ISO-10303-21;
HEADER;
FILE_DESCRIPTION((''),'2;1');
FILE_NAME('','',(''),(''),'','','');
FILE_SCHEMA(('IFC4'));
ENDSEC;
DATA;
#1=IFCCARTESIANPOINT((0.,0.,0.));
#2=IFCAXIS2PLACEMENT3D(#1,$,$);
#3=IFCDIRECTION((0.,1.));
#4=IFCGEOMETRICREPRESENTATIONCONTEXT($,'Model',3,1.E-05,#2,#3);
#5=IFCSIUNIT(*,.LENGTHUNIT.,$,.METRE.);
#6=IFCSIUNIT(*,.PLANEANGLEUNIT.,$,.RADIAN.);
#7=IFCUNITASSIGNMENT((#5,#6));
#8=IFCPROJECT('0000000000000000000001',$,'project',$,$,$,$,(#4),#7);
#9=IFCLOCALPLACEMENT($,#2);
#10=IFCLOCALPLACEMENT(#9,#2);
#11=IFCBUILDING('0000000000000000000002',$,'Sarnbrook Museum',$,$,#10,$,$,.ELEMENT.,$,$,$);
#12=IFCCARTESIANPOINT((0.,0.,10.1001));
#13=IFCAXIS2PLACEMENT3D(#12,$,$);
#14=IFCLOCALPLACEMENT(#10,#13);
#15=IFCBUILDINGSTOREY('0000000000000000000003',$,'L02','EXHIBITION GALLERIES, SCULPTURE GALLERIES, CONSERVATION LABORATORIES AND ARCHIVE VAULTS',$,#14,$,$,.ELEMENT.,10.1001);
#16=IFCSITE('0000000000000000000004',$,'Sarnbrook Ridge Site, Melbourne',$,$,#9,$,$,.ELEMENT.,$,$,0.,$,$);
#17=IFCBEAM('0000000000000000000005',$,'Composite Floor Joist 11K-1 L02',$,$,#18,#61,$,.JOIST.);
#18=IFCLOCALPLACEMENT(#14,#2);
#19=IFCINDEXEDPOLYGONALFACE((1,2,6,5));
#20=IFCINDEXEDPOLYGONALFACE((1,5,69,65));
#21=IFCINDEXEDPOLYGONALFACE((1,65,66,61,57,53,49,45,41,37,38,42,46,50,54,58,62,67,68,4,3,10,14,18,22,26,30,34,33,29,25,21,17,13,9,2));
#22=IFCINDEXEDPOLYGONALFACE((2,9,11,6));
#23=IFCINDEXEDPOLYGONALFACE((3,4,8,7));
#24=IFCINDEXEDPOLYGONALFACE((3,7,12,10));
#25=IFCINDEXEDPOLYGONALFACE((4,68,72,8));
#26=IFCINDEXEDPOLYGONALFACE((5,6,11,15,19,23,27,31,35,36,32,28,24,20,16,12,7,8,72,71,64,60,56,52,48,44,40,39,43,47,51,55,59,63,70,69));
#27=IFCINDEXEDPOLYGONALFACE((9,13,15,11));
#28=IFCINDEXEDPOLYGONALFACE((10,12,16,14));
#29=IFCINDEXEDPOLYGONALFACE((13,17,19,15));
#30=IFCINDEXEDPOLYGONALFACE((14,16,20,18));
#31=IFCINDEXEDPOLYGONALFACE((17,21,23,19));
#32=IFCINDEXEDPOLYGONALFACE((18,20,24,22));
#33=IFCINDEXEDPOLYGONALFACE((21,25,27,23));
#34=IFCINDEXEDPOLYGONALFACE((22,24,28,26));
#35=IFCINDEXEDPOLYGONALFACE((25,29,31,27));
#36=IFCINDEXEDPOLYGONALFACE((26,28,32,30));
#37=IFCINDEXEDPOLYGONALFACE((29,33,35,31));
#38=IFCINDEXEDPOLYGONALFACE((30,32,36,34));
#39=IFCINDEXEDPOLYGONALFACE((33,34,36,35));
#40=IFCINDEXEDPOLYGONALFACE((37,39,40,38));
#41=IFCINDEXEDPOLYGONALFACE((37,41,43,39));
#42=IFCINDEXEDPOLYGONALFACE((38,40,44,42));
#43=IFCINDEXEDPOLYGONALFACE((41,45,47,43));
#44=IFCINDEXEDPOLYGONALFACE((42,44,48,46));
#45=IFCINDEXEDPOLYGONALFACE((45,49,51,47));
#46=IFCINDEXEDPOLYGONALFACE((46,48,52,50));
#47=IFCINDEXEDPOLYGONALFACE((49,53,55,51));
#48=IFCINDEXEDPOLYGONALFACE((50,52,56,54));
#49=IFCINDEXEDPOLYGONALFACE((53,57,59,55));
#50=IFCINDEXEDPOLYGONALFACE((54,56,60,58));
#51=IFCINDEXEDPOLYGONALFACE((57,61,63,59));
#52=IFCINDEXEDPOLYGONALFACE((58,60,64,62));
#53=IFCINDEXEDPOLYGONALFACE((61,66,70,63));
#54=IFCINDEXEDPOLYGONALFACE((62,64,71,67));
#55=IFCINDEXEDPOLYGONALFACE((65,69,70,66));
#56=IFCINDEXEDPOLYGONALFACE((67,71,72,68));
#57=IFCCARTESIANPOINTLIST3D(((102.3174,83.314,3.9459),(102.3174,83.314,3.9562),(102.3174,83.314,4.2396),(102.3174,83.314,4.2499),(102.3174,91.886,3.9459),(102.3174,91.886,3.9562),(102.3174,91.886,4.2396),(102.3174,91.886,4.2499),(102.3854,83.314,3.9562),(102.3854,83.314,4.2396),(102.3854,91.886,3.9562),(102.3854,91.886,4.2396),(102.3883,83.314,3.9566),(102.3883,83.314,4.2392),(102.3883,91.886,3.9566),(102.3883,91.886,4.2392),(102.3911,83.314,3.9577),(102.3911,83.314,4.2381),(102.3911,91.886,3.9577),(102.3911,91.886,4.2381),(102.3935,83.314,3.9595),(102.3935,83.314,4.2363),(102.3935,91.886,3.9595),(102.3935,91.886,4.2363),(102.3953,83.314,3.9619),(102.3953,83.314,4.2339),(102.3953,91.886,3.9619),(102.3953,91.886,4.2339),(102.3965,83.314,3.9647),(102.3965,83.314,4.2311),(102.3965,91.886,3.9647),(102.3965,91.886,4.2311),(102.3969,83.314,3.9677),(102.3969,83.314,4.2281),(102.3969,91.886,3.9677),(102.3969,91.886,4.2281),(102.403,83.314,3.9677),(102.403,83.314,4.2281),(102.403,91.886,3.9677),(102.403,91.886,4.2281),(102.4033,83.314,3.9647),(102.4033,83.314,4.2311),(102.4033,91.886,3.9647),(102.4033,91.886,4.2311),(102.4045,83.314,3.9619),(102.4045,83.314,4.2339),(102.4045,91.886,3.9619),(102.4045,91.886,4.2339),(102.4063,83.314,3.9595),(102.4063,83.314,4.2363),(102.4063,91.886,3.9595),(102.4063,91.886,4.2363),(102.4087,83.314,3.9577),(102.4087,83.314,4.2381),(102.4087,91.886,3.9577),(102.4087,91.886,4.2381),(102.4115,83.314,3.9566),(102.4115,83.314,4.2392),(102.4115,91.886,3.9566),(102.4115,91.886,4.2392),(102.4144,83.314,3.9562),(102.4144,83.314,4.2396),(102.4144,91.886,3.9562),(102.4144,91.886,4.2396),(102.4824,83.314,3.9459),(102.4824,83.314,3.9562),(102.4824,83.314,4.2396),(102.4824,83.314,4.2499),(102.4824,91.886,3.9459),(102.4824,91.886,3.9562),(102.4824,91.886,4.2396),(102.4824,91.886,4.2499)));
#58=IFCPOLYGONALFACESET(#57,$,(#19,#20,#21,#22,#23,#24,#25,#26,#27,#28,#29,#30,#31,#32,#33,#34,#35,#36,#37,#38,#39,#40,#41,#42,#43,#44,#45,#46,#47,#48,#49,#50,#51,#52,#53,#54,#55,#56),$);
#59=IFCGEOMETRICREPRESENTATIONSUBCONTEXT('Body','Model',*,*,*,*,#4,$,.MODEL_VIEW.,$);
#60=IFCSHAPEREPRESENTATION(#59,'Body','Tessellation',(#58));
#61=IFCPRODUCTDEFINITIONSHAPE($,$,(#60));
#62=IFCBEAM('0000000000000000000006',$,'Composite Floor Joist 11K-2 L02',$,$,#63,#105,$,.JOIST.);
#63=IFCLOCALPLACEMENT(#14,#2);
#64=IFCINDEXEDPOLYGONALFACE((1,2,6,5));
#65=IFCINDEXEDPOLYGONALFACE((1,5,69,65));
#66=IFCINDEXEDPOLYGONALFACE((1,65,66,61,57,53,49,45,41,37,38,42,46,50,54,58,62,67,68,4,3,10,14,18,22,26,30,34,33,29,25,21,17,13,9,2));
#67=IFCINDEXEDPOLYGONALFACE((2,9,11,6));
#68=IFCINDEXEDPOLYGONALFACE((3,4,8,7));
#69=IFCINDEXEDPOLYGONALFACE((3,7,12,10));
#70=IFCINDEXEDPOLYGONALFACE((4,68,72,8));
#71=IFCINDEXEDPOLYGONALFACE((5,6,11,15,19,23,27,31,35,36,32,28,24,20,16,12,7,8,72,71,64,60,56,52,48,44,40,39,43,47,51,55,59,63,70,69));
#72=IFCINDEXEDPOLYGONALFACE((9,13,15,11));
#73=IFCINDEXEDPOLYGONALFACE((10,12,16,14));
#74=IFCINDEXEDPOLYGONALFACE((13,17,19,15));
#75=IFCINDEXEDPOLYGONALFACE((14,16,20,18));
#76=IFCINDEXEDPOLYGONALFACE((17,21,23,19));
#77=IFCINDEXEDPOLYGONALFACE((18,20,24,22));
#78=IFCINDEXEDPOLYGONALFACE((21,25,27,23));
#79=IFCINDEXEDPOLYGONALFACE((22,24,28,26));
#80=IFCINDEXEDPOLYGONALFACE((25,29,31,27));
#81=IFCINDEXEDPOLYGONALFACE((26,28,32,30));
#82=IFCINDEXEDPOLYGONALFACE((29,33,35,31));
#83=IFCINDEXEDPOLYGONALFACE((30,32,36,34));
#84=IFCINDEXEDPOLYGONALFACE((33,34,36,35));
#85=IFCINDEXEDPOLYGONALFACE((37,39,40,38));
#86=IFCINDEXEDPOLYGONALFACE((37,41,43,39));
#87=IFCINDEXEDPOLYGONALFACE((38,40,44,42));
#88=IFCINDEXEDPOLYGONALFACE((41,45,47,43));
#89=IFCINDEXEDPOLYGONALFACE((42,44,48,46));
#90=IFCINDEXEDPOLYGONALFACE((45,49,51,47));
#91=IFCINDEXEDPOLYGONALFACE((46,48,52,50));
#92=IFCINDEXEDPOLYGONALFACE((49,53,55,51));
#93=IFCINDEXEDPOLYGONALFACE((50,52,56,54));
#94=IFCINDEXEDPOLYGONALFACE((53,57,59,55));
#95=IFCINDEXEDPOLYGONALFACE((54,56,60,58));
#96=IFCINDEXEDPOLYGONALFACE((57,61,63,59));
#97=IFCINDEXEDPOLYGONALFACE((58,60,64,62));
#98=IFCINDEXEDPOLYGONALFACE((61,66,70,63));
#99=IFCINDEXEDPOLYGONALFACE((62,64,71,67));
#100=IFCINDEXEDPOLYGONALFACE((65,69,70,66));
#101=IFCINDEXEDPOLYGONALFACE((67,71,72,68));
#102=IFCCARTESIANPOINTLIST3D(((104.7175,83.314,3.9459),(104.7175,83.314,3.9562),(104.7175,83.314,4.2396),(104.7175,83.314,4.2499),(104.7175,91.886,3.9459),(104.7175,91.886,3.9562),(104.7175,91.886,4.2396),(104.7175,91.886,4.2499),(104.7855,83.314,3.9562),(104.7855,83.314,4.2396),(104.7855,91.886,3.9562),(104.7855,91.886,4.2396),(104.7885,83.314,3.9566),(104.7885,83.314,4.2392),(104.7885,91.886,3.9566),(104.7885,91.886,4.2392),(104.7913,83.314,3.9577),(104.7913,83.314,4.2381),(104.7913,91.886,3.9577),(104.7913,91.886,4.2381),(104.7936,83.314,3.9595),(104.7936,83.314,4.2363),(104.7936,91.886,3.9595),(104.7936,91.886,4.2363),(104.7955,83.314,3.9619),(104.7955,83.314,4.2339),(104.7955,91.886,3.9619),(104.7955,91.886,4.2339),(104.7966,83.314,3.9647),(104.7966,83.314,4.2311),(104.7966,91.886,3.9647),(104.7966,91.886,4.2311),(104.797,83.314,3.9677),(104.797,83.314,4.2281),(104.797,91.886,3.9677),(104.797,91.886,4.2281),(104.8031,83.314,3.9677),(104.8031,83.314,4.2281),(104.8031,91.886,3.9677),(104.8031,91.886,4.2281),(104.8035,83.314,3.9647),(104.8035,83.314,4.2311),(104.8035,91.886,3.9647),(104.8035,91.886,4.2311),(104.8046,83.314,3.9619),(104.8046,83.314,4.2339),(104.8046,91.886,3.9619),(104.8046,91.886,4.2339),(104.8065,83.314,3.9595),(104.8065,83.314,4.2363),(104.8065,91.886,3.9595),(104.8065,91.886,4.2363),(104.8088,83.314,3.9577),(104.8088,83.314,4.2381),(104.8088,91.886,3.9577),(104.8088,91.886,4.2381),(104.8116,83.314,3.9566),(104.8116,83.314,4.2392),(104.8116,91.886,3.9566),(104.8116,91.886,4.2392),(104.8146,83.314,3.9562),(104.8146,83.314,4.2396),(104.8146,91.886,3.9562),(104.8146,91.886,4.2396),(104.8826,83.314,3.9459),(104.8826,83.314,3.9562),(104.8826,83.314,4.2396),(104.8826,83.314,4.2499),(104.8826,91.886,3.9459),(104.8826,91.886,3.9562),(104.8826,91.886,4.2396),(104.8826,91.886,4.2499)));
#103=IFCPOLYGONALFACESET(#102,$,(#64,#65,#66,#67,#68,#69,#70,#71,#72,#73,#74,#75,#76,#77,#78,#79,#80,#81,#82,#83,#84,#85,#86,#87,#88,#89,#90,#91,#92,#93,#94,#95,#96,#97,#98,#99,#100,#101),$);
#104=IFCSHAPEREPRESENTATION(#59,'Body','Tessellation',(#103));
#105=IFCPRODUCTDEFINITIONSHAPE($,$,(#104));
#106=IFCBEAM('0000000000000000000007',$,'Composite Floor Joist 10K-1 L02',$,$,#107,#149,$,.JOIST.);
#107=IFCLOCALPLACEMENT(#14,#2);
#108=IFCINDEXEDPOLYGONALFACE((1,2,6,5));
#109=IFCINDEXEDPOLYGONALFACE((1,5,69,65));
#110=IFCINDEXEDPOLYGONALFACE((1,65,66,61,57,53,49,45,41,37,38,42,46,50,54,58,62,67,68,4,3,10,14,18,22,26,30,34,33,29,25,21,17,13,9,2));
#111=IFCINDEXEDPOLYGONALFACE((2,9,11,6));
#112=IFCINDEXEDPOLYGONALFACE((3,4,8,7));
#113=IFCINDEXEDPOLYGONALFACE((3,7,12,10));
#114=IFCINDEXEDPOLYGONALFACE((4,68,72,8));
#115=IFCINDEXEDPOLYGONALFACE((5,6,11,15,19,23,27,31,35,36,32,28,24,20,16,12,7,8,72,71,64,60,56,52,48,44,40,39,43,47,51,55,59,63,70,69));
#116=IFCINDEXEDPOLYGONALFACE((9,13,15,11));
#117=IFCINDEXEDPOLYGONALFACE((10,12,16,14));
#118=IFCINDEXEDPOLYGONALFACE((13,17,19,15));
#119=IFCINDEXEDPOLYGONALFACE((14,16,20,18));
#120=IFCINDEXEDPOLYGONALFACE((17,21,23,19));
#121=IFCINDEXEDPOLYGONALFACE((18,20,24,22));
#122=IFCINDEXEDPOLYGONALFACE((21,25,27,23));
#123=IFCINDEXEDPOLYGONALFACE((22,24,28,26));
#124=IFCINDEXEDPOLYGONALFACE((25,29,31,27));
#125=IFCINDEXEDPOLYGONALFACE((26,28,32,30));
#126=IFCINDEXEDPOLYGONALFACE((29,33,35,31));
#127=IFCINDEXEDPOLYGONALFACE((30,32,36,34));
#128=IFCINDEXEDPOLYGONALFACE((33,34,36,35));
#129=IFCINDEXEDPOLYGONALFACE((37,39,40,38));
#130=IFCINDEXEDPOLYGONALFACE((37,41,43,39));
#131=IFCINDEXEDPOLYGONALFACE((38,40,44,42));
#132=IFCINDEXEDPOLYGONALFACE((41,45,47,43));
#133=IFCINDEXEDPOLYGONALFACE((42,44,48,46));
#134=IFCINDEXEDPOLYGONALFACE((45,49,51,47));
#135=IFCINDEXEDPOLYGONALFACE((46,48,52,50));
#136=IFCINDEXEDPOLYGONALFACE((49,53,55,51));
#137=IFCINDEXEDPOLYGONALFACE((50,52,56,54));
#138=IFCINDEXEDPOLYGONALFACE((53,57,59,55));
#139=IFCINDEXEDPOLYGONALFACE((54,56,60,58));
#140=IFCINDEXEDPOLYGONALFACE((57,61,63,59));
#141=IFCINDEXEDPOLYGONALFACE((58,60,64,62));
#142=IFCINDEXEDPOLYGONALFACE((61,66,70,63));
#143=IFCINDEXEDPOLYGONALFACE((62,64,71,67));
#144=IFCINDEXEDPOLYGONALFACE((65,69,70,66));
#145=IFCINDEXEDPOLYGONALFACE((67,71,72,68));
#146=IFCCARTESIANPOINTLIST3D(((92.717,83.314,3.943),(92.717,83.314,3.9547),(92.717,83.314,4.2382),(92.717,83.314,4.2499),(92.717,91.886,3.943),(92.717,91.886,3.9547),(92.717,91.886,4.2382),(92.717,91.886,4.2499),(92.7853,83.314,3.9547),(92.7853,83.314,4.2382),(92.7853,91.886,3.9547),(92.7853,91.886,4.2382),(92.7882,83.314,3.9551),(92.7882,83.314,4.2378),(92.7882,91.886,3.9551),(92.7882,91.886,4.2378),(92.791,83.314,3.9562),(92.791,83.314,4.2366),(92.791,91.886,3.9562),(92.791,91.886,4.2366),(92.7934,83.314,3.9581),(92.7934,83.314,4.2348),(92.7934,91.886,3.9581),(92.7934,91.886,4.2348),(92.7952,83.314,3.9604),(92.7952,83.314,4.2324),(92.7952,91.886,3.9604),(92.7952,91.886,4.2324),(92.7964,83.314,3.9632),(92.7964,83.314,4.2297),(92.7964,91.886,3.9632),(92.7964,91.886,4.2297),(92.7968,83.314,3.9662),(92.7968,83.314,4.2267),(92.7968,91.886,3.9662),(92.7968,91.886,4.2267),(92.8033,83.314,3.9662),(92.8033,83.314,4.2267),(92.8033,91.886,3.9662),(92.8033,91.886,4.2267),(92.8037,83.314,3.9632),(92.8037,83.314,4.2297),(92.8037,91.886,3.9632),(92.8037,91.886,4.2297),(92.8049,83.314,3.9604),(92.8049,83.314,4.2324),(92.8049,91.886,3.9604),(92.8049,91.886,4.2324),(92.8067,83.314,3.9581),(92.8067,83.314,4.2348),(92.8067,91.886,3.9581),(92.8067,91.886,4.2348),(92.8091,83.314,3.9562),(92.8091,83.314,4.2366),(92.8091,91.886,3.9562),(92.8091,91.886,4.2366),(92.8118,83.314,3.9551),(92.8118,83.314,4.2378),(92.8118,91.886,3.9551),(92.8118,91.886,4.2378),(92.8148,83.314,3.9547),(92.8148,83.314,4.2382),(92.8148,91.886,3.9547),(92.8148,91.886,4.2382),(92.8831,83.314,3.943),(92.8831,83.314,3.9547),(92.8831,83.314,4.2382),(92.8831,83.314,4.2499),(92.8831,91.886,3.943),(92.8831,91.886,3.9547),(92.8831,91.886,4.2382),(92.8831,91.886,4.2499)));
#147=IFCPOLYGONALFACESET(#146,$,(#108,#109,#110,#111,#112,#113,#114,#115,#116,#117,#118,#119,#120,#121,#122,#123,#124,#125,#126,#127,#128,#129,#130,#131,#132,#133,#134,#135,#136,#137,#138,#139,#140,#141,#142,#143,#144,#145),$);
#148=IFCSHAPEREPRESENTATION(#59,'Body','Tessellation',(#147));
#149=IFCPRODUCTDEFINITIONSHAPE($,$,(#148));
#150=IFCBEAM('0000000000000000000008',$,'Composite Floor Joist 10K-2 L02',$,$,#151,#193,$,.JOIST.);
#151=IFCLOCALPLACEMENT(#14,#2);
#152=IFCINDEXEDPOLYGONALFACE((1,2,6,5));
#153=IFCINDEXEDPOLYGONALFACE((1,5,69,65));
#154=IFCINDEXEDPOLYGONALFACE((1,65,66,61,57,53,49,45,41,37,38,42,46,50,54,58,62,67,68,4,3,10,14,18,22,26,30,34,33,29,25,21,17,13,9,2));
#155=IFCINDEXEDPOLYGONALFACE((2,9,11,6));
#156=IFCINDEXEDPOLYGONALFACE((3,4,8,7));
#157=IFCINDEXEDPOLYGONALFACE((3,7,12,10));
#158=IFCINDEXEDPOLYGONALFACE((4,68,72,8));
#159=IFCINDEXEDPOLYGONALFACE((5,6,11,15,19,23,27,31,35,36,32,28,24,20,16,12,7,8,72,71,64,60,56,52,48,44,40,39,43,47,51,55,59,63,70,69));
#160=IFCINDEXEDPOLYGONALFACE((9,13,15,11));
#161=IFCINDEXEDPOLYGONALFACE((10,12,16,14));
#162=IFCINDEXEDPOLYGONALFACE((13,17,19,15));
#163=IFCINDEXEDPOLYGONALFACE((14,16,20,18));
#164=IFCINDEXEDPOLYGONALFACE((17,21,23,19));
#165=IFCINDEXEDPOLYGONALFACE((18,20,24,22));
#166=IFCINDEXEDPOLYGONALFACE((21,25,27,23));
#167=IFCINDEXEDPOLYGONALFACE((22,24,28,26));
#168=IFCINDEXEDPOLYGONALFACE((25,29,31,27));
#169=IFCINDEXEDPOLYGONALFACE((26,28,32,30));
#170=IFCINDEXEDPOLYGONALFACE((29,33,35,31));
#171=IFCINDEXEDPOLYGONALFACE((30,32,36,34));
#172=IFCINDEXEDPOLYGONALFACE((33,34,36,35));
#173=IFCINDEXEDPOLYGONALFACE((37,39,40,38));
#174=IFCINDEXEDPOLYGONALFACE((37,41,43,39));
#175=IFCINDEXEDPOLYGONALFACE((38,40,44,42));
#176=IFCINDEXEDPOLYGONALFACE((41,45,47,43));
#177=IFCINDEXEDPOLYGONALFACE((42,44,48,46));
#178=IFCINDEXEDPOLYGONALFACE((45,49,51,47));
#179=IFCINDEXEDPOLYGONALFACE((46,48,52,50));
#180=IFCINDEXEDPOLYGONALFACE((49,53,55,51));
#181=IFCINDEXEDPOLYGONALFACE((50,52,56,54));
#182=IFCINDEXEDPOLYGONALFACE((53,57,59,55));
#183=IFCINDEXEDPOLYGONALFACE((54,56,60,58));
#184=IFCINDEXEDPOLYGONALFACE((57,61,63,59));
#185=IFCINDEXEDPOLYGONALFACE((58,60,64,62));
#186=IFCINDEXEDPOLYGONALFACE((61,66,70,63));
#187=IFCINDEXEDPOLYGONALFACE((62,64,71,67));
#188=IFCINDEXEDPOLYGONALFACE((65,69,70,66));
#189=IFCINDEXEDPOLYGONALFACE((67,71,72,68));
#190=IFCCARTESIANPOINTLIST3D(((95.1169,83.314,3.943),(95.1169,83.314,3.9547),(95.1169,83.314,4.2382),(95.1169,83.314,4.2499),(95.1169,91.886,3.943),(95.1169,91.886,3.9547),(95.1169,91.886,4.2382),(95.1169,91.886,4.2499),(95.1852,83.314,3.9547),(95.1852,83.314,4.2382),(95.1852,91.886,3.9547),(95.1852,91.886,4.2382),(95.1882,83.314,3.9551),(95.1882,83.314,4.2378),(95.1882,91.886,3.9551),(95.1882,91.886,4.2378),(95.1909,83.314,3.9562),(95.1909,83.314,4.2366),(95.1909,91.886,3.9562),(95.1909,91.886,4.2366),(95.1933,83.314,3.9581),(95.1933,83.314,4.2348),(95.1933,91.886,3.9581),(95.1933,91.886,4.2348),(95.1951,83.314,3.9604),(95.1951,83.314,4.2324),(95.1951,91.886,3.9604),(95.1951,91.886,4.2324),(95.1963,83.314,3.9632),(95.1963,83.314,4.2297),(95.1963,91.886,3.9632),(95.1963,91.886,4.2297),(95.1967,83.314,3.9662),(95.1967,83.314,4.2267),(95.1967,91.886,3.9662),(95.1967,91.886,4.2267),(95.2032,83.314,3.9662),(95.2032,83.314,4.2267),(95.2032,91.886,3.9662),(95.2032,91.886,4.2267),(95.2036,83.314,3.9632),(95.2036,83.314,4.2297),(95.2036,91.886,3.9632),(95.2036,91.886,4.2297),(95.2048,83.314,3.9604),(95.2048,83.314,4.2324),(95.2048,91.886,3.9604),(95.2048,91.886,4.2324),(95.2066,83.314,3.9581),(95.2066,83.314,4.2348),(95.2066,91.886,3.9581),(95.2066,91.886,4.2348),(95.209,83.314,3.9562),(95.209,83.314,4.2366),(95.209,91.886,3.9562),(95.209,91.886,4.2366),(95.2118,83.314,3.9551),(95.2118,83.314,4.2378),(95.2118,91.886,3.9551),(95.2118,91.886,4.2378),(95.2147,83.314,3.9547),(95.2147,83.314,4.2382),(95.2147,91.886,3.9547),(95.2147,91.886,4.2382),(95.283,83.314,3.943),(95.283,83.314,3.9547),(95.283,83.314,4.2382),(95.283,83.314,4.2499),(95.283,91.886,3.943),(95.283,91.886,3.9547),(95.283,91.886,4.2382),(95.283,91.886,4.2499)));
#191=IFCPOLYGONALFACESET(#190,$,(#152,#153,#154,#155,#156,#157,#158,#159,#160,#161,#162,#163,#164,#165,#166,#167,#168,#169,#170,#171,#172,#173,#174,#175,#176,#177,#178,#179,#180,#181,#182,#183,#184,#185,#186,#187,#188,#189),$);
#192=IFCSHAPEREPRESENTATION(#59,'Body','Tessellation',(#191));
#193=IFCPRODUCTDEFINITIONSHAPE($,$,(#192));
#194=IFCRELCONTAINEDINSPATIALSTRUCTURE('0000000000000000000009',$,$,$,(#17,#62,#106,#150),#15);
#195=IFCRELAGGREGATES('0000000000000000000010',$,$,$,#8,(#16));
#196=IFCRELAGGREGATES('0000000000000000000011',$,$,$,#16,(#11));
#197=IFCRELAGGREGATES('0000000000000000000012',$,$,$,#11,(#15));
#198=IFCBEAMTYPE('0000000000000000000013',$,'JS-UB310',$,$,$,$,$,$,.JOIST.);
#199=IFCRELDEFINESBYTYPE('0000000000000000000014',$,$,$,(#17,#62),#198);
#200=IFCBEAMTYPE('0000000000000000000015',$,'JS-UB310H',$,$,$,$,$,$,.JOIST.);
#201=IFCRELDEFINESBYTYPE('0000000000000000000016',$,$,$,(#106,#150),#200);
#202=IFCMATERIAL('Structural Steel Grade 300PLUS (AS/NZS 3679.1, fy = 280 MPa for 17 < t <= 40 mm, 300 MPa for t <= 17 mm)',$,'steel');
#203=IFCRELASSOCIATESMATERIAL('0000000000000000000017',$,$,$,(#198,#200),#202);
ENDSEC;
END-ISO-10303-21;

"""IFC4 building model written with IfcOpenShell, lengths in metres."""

from ifc_helpers import new_model, si_unit, direction, frame, origin, origin_2d, place, context, subcontext, project, spatial, i_section, extrude, material, material_profile, profile_set, type_object, element, save


model = new_model("IFC4")

# Units and contexts
model_context = context("Model", 3, precision=1e-05, world=origin(), true_north=direction((0.0, 1.0)))
body_context = subcontext(model_context, "Body", "Model", "MODEL_VIEW")
ifc_project = project(units=[si_unit("LENGTHUNIT", "METRE"), si_unit("PLANEANGLEUNIT", "RADIAN")], contexts=[model_context])

# Site, building, storey
site_placement = place(None, origin())
site = spatial("IfcSite", under=ifc_project, at=site_placement, Name="Sarnbrook Ridge Site, Melbourne", CompositionType="ELEMENT", RefElevation=0.0)
building_placement = place(site_placement, origin())
building = spatial("IfcBuilding", under=site, at=building_placement, Name="Sarnbrook Museum", CompositionType="ELEMENT")
storey_placement = place(building_placement, frame((0.0, 0.0, 10.1001)))
storey = spatial("IfcBuildingStorey", under=building, at=storey_placement, Name="L02", Description="EXHIBITION GALLERIES, SCULPTURE GALLERIES, CONSERVATION LABORATORIES AND ARCHIVE VAULTS", CompositionType="ELEMENT", Elevation=10.1001)

# Beams
ifc_material_1 = material(Name="Structural Steel Grade 300PLUS (AS/NZS 3679.1, fy = 280 MPa for 17 < t <= 40 mm, 300 MPa for t <= 17 mm)", Category="steel")
ifc_material_profile_1 = material_profile(ifc_material_1, i_section(OverallWidth=0.165, OverallDepth=0.304, WebThickness=0.0061, FlangeThickness=0.0103, FilletRadius=0.0115, at=origin_2d()), Name="310UB40.4")
ifc_profile_set_1 = profile_set([ifc_material_profile_1], Name="Structural Steel Grade 300PLUS (AS/NZS 3679.1, fy = 280 MPa for 17 < t <= 40 mm, 300 MPa for t <= 17 mm)")
beam_type_1 = type_object("IfcBeamType", Name="JS-UB310", PredefinedType="JOIST", material=ifc_profile_set_1)
for number, where, z_axis, x_axis, name in (
    (1, (102.3999, 83.314, 4.0979), (0.0, 1.0, 0.0), (-1.0, 0.0, 0.0), "Composite Floor Joist 11K-1 L02"),
    (2, (104.8, 83.314, 4.0979), (0.0, 1.0, 0.0), (-1.0, 0.0, 0.0), "Composite Floor Joist 11K-2 L02"),
):
    element("IfcBeam", number, at=place(storey_placement, frame(where, z_axis=z_axis, x_axis=x_axis)), inside=storey, type_object=beam_type_1, Name=name, PredefinedType="JOIST", context=body_context, shape_type="SweptSolid", body=[
        extrude(i_section(OverallWidth=0.165, OverallDepth=0.304, WebThickness=0.0061, FlangeThickness=0.0103, FilletRadius=0.0115, at=origin_2d()), origin(), (0.0, 0.0, 1.0), 8.572),
    ])
ifc_material_profile_2 = material_profile(ifc_material_1, i_section(OverallWidth=0.166, OverallDepth=0.3069, WebThickness=0.0066, FlangeThickness=0.0117, FilletRadius=0.0115, at=origin_2d()), Name="310UB46.2")
ifc_profile_set_2 = profile_set([ifc_material_profile_2], Name="Structural Steel Grade 300PLUS (AS/NZS 3679.1, fy = 280 MPa for 17 < t <= 40 mm, 300 MPa for t <= 17 mm)")
beam_type_2 = type_object("IfcBeamType", Name="JS-UB310H", PredefinedType="JOIST", material=ifc_profile_set_2)
for number, where, z_axis, x_axis, name in (
    (3, (92.8, 83.314, 4.0964), (0.0, 1.0, 0.0), (-1.0, 0.0, 0.0), "Composite Floor Joist 10K-1 L02"),
    (4, (95.2, 83.314, 4.0964), (0.0, 1.0, 0.0), (-1.0, 0.0, 0.0), "Composite Floor Joist 10K-2 L02"),
):
    element("IfcBeam", number, at=place(storey_placement, frame(where, z_axis=z_axis, x_axis=x_axis)), inside=storey, type_object=beam_type_2, Name=name, PredefinedType="JOIST", context=body_context, shape_type="SweptSolid", body=[
        extrude(i_section(OverallWidth=0.166, OverallDepth=0.3069, WebThickness=0.0066, FlangeThickness=0.0117, FilletRadius=0.0115, at=origin_2d()), origin(), (0.0, 0.0, 1.0), 8.572),
    ])

save(model, "model.ifc")
